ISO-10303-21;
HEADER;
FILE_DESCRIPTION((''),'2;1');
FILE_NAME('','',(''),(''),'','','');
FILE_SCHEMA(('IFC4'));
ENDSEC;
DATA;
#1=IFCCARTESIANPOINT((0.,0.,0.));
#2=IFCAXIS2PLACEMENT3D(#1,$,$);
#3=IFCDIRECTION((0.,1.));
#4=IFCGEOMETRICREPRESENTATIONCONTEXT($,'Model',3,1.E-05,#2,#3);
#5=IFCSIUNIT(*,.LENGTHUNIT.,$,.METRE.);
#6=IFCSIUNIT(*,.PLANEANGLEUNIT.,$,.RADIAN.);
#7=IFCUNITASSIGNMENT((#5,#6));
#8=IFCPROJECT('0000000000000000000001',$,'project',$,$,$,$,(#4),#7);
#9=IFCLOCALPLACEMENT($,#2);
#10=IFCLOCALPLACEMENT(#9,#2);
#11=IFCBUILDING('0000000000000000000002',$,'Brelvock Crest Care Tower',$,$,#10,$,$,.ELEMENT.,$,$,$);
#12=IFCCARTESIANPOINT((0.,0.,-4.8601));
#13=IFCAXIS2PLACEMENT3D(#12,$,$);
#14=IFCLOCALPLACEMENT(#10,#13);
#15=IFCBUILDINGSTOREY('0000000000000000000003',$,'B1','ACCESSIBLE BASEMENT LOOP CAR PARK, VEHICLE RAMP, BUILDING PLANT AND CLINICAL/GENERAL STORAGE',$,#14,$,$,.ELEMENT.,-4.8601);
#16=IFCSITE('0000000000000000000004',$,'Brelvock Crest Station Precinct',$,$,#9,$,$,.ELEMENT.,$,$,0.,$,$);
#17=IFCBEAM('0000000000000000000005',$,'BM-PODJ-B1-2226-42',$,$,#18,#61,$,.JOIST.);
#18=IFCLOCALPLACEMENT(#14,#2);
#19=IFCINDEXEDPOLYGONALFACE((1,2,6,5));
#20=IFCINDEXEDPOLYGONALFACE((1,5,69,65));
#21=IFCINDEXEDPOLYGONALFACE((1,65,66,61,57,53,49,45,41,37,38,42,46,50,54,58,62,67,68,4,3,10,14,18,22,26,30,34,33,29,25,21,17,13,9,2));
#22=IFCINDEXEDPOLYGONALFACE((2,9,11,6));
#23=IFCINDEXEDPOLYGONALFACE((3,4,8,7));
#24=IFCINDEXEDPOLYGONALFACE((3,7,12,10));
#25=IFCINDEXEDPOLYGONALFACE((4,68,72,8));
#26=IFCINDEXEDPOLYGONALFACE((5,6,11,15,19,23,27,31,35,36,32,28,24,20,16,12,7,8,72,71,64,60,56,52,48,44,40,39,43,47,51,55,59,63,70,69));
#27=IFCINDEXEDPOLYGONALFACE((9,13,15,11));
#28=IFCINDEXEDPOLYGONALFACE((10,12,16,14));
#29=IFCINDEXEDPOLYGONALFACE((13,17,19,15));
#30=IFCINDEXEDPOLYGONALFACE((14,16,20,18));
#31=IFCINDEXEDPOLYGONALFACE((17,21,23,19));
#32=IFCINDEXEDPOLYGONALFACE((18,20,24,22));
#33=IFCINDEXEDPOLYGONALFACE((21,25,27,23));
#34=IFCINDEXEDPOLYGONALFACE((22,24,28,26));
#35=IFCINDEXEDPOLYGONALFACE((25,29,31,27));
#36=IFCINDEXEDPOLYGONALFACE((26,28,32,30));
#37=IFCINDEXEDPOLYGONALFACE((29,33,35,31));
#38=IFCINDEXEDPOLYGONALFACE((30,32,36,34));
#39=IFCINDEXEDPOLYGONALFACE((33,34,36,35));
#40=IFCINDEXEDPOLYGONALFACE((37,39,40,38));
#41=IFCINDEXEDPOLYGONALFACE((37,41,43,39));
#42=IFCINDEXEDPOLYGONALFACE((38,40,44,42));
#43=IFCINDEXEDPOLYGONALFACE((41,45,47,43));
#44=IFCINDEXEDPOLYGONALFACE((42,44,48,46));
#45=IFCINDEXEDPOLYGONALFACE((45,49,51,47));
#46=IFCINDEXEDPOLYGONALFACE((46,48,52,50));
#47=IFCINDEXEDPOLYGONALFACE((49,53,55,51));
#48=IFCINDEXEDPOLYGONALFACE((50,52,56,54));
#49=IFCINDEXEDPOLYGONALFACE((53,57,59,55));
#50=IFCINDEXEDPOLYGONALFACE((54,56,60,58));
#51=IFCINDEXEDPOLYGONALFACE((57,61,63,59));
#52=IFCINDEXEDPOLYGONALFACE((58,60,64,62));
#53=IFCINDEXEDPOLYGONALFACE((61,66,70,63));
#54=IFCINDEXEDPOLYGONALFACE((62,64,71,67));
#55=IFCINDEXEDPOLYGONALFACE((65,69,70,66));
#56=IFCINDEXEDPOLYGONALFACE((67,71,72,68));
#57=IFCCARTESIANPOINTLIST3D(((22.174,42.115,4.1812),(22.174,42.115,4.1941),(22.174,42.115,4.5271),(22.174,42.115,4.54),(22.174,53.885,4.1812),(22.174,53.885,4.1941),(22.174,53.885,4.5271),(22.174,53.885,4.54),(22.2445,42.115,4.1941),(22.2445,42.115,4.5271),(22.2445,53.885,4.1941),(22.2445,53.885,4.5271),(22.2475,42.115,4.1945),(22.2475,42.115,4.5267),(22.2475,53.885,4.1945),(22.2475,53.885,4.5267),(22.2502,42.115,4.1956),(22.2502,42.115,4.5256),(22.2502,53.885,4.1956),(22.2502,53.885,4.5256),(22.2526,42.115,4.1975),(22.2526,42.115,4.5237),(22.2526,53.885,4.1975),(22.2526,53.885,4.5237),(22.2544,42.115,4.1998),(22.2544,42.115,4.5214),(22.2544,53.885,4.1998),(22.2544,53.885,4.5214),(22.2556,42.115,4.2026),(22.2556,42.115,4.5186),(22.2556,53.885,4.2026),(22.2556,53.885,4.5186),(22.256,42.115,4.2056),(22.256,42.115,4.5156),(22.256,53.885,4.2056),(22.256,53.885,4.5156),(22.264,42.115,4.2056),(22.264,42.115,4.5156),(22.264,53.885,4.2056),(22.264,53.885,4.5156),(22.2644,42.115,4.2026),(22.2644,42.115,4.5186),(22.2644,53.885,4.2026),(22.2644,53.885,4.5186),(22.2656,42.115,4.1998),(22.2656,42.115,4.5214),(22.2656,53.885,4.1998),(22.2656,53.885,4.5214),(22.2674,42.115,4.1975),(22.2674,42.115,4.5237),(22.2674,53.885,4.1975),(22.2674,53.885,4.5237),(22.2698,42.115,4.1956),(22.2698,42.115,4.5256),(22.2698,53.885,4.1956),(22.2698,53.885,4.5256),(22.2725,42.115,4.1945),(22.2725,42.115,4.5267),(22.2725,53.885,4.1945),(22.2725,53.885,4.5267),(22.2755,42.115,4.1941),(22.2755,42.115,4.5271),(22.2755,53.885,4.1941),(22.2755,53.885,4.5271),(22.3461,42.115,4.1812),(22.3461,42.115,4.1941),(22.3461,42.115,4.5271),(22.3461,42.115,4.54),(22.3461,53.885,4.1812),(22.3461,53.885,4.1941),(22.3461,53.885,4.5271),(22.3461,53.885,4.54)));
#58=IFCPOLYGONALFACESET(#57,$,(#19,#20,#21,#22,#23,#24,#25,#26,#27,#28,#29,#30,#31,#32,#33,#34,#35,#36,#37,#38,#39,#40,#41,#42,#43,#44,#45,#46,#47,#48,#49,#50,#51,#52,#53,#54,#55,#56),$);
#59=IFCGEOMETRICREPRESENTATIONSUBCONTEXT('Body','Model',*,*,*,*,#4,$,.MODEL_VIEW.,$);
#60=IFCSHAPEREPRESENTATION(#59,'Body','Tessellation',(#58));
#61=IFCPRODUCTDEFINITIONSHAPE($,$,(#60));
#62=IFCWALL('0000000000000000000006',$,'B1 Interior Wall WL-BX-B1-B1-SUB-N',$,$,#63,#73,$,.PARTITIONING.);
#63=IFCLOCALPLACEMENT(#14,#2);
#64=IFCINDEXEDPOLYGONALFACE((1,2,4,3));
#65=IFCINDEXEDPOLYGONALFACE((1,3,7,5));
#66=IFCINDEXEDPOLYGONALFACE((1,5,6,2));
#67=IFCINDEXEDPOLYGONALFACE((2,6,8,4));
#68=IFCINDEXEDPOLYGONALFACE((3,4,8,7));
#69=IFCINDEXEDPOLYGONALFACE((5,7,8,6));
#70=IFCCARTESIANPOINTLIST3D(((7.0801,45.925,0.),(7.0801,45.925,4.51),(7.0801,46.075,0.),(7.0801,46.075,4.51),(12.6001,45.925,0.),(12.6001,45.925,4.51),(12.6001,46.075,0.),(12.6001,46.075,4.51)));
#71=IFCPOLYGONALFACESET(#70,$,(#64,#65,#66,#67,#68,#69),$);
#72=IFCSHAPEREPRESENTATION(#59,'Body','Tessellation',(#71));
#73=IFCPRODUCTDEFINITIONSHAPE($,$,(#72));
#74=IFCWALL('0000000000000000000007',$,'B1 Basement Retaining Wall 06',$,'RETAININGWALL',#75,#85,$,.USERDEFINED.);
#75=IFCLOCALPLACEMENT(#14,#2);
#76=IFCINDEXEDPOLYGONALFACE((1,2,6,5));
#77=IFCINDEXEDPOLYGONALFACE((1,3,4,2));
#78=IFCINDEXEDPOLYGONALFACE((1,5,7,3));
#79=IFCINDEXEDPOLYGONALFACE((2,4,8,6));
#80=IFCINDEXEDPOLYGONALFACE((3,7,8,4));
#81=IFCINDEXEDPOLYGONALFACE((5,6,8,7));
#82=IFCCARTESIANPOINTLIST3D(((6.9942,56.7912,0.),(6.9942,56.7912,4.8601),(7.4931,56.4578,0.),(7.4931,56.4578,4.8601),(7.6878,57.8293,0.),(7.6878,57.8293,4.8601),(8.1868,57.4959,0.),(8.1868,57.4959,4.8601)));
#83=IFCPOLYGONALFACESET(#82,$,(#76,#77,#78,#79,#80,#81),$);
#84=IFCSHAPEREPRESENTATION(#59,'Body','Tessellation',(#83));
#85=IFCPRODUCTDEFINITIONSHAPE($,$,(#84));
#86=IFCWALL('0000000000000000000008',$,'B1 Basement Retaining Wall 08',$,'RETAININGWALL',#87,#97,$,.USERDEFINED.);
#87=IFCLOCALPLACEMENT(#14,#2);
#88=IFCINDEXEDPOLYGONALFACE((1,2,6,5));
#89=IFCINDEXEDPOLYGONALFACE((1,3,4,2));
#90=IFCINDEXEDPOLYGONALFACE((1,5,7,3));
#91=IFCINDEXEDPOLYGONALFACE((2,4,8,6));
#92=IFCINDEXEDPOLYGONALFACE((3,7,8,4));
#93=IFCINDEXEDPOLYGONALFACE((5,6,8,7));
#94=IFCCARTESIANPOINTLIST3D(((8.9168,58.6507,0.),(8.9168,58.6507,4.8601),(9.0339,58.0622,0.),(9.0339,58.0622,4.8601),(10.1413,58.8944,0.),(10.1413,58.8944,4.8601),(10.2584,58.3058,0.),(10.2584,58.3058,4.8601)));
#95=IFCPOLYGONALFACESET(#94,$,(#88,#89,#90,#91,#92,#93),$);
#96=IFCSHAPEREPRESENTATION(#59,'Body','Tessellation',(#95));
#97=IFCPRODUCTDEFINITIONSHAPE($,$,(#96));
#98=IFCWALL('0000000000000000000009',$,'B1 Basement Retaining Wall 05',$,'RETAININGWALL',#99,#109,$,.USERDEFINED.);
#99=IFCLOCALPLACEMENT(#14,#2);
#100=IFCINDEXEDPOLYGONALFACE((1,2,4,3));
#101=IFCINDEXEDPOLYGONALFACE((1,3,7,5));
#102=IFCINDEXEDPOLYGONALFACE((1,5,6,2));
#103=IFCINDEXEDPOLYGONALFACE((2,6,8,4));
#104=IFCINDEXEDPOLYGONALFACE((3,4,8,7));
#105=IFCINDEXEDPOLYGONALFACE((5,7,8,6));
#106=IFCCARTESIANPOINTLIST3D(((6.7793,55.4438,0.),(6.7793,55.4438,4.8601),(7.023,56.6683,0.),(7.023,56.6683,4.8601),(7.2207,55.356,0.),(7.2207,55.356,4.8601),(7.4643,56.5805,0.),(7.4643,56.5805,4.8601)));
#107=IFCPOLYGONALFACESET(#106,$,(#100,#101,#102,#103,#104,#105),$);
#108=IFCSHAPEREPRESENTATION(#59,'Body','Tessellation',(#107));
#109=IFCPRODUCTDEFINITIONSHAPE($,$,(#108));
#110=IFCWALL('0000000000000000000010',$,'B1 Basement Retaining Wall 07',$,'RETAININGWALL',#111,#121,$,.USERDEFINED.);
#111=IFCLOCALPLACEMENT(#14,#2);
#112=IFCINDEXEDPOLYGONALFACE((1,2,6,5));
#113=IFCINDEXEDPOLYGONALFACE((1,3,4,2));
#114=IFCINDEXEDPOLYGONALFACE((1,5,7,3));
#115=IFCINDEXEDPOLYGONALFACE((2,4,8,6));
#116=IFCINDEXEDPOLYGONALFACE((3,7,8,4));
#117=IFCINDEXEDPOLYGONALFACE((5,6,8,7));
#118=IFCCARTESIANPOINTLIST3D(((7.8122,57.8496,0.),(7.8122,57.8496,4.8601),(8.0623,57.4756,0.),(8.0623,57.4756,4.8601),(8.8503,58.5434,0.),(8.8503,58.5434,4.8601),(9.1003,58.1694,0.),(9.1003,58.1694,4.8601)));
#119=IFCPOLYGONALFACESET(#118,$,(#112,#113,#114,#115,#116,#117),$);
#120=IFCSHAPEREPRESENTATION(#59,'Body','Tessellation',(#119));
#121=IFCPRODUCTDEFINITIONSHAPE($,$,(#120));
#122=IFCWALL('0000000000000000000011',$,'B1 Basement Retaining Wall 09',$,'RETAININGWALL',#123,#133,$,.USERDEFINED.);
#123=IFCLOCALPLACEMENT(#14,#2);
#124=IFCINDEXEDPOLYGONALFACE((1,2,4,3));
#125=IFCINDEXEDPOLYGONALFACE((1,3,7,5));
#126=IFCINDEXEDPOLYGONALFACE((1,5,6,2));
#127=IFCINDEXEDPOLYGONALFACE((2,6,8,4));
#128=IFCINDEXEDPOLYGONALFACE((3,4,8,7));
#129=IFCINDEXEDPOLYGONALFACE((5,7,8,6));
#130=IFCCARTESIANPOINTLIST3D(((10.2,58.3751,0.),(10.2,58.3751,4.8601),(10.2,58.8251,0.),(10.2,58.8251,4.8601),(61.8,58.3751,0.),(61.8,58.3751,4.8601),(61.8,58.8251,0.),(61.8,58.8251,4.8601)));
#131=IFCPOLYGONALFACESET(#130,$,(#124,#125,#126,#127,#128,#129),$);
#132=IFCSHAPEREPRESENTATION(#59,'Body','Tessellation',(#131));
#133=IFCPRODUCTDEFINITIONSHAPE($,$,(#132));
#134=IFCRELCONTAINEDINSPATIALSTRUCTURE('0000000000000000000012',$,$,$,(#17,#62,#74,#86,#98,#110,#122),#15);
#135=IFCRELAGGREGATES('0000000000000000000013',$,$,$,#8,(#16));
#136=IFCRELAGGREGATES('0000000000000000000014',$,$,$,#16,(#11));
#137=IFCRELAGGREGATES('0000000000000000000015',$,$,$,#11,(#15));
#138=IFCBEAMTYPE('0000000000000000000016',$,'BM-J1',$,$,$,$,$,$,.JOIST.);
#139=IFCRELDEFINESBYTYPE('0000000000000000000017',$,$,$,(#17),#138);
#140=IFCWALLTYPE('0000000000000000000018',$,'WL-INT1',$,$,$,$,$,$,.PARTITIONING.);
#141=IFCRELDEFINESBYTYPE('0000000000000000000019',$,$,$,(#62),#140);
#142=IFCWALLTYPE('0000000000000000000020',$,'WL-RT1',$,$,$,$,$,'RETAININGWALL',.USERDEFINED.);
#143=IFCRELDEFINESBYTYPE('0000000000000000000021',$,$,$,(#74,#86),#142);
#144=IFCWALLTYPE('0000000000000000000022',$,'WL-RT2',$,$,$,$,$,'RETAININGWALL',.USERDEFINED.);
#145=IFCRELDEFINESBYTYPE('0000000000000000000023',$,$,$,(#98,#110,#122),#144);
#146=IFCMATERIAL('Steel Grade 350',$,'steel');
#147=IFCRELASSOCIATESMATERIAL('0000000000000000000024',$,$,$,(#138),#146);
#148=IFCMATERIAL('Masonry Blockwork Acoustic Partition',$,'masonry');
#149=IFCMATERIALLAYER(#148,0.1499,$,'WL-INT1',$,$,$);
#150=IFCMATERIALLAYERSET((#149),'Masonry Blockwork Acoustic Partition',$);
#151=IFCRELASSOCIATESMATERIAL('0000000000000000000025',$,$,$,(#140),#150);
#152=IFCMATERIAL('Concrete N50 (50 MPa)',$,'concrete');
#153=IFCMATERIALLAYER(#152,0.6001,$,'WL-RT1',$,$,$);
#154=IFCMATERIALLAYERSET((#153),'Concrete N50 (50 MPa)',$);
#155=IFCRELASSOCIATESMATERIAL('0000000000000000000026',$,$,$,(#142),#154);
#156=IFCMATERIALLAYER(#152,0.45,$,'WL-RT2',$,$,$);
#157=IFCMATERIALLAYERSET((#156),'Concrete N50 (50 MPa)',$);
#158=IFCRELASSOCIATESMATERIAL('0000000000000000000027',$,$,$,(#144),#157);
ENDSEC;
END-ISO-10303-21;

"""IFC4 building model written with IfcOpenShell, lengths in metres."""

from ifc_helpers import new_model, si_unit, direction, frame, frame_2d, origin, origin_2d, place, context, subcontext, project, spatial, rectangle, i_section, extrude, source, transform, mapped, material, layer, layer_set, material_profile, profile_set, type_object, element, save


model = new_model("IFC4")

# Units and contexts
model_context = context("Model", 3, precision=1e-05, world=origin(), true_north=direction((0.0, 1.0)))
body_context = subcontext(model_context, "Body", "Model", "MODEL_VIEW")
ifc_project = project(units=[si_unit("LENGTHUNIT", "METRE"), si_unit("PLANEANGLEUNIT", "RADIAN")], contexts=[model_context])

# Site, building, storey
site_placement = place(None, origin())
site = spatial("IfcSite", under=ifc_project, at=site_placement, Name="Brelvock Crest Station Precinct", CompositionType="ELEMENT", RefElevation=0.0)
building_placement = place(site_placement, origin())
building = spatial("IfcBuilding", under=site, at=building_placement, Name="Brelvock Crest Care Tower", CompositionType="ELEMENT")
storey_placement = place(building_placement, frame((0.0, 0.0, -4.8601)))
storey = spatial("IfcBuildingStorey", under=building, at=storey_placement, Name="B1", Description="ACCESSIBLE BASEMENT LOOP CAR PARK, VEHICLE RAMP, BUILDING PLANT AND CLINICAL/GENERAL STORAGE", CompositionType="ELEMENT", Elevation=-4.8601)

# Shared definitions
ifc_material_1 = material(Name="Concrete N50 (50 MPa)", Category="concrete")

# Shared definitions
ifc_material_2 = material(Name="Steel Grade 350", Category="steel")

# Beam
ifc_material_profile_1 = material_profile(ifc_material_2, i_section(OverallWidth=0.1721, OverallDepth=0.3589, WebThickness=0.0081, FlangeThickness=0.0129, FilletRadius=0.0115, at=origin_2d()), Name="360UB56.7")
ifc_profile_set_1 = profile_set([ifc_material_profile_1], Name="Steel Grade 350")
beam_type_1 = type_object("IfcBeamType", Name="BM-J1", PredefinedType="JOIST", material=ifc_profile_set_1)
shared_shape_1 = source(origin(), body_context, "Body", "SweptSolid", [
    extrude(i_section(OverallWidth=0.1721, OverallDepth=0.3589, WebThickness=0.0081, FlangeThickness=0.0129, FilletRadius=0.0115, at=origin_2d()), origin(), (0.0, 0.0, 1.0), 11.77),
])
for number, where, z_axis, x_axis, name in (
    (1, (22.26, 42.115, 4.3606), (0.0, 1.0, 0.0), (-1.0, 0.0, 0.0), "BM-PODJ-B1-2226-42"),
):
    element("IfcBeam", number, at=place(storey_placement, frame(where, z_axis=z_axis, x_axis=x_axis)), inside=storey, type_object=beam_type_1, Name=name, PredefinedType="JOIST", context=body_context, shape_type="MappedRepresentation", body=[
        mapped(shared_shape_1, transform((0.0, 0.0, 0.0), x_axis=(1.0, 0.0, 0.0), y_axis=(0.0, 1.0, 0.0), z_axis=(0.0, 0.0, 1.0), scale=1.0)),
    ])

# Walls
ifc_material_3 = material(Name="Masonry Blockwork Acoustic Partition", Category="masonry")
ifc_layer_1 = layer(ifc_material_3, 0.1499, Name="WL-INT1")
ifc_layer_set_1 = layer_set([ifc_layer_1], Name="Masonry Blockwork Acoustic Partition")
wall_type_1 = type_object("IfcWallType", Name="WL-INT1", PredefinedType="PARTITIONING", material=ifc_layer_set_1)
wall_1_placement = place(storey_placement, frame((7.0801, 46.0, 0.0), z_axis=(0.0, 0.0, 1.0), x_axis=(1.0, 0.0, 0.0)))
element("IfcWall", 2, at=wall_1_placement, inside=storey, type_object=wall_type_1, Name="B1 Interior Wall WL-BX-B1-B1-SUB-N", PredefinedType="PARTITIONING", context=body_context, shape_type="SweptSolid", body=[
    extrude(rectangle(XDim=5.52, YDim=0.1499, at=frame_2d((2.76, 0.0))), origin(), (0.0, 0.0, 1.0), 4.51),
])
ifc_layer_2 = layer(ifc_material_1, 0.6001, Name="WL-RT1")
ifc_layer_set_2 = layer_set([ifc_layer_2], Name="Concrete N50 (50 MPa)")
wall_type_2 = type_object("IfcWallType", Name="WL-RT1", ElementType="RETAININGWALL", PredefinedType="USERDEFINED", material=ifc_layer_set_2)
for number, where, z_axis, x_axis, name in (
    (3, (7.2437, 56.6245, 0.0), (0.0, 0.0, 1.0), (0.555557, 0.831478, 0.0), "B1 Basement Retaining Wall 06"),
    (4, (8.9753, 58.3564, 0.0), (0.0, 0.0, 1.0), (0.980776, 0.195138, 0.0), "B1 Basement Retaining Wall 08"),
):
    element("IfcWall", number, at=place(storey_placement, frame(where, z_axis=z_axis, x_axis=x_axis)), inside=storey, type_object=wall_type_2, Name=name, ObjectType="RETAININGWALL", PredefinedType="USERDEFINED", context=body_context, shape_type="SweptSolid", body=[
        extrude(rectangle(XDim=1.2485, YDim=0.6001, at=frame_2d((0.6243, 0.0))), origin(), (0.0, 0.0, 1.0), 4.8601),
    ])
ifc_layer_3 = layer(ifc_material_1, 0.45, Name="WL-RT2")
ifc_layer_set_3 = layer_set([ifc_layer_3], Name="Concrete N50 (50 MPa)")
wall_type_3 = type_object("IfcWallType", Name="WL-RT2", ElementType="RETAININGWALL", PredefinedType="USERDEFINED", material=ifc_layer_set_3)
for number, where, z_axis, x_axis, name in (
    (5, (7.0, 55.3999, 0.0), (0.0, 0.0, 1.0), (0.195138, 0.980776, 0.0), "B1 Basement Retaining Wall 05"),
    (6, (7.9373, 57.6626, 0.0), (0.0, 0.0, 1.0), (0.831388, 0.555692, 0.0), "B1 Basement Retaining Wall 07"),
):
    element("IfcWall", number, at=place(storey_placement, frame(where, z_axis=z_axis, x_axis=x_axis)), inside=storey, type_object=wall_type_3, Name=name, ObjectType="RETAININGWALL", PredefinedType="USERDEFINED", context=body_context, shape_type="SweptSolid", body=[
        extrude(rectangle(XDim=1.2485, YDim=0.45, at=frame_2d((0.6243, 0.0))), origin(), (0.0, 0.0, 1.0), 4.8601),
    ])
wall_2_placement = place(storey_placement, frame((10.2, 58.6001, 0.0), z_axis=(0.0, 0.0, 1.0), x_axis=(1.0, 0.0, 0.0)))
element("IfcWall", 7, at=wall_2_placement, inside=storey, type_object=wall_type_3, Name="B1 Basement Retaining Wall 09", ObjectType="RETAININGWALL", PredefinedType="USERDEFINED", context=body_context, shape_type="SweptSolid", body=[
    extrude(rectangle(XDim=51.6001, YDim=0.45, at=frame_2d((25.8, 0.0))), origin(), (0.0, 0.0, 1.0), 4.8601),
])

save(model, "model.ifc")
